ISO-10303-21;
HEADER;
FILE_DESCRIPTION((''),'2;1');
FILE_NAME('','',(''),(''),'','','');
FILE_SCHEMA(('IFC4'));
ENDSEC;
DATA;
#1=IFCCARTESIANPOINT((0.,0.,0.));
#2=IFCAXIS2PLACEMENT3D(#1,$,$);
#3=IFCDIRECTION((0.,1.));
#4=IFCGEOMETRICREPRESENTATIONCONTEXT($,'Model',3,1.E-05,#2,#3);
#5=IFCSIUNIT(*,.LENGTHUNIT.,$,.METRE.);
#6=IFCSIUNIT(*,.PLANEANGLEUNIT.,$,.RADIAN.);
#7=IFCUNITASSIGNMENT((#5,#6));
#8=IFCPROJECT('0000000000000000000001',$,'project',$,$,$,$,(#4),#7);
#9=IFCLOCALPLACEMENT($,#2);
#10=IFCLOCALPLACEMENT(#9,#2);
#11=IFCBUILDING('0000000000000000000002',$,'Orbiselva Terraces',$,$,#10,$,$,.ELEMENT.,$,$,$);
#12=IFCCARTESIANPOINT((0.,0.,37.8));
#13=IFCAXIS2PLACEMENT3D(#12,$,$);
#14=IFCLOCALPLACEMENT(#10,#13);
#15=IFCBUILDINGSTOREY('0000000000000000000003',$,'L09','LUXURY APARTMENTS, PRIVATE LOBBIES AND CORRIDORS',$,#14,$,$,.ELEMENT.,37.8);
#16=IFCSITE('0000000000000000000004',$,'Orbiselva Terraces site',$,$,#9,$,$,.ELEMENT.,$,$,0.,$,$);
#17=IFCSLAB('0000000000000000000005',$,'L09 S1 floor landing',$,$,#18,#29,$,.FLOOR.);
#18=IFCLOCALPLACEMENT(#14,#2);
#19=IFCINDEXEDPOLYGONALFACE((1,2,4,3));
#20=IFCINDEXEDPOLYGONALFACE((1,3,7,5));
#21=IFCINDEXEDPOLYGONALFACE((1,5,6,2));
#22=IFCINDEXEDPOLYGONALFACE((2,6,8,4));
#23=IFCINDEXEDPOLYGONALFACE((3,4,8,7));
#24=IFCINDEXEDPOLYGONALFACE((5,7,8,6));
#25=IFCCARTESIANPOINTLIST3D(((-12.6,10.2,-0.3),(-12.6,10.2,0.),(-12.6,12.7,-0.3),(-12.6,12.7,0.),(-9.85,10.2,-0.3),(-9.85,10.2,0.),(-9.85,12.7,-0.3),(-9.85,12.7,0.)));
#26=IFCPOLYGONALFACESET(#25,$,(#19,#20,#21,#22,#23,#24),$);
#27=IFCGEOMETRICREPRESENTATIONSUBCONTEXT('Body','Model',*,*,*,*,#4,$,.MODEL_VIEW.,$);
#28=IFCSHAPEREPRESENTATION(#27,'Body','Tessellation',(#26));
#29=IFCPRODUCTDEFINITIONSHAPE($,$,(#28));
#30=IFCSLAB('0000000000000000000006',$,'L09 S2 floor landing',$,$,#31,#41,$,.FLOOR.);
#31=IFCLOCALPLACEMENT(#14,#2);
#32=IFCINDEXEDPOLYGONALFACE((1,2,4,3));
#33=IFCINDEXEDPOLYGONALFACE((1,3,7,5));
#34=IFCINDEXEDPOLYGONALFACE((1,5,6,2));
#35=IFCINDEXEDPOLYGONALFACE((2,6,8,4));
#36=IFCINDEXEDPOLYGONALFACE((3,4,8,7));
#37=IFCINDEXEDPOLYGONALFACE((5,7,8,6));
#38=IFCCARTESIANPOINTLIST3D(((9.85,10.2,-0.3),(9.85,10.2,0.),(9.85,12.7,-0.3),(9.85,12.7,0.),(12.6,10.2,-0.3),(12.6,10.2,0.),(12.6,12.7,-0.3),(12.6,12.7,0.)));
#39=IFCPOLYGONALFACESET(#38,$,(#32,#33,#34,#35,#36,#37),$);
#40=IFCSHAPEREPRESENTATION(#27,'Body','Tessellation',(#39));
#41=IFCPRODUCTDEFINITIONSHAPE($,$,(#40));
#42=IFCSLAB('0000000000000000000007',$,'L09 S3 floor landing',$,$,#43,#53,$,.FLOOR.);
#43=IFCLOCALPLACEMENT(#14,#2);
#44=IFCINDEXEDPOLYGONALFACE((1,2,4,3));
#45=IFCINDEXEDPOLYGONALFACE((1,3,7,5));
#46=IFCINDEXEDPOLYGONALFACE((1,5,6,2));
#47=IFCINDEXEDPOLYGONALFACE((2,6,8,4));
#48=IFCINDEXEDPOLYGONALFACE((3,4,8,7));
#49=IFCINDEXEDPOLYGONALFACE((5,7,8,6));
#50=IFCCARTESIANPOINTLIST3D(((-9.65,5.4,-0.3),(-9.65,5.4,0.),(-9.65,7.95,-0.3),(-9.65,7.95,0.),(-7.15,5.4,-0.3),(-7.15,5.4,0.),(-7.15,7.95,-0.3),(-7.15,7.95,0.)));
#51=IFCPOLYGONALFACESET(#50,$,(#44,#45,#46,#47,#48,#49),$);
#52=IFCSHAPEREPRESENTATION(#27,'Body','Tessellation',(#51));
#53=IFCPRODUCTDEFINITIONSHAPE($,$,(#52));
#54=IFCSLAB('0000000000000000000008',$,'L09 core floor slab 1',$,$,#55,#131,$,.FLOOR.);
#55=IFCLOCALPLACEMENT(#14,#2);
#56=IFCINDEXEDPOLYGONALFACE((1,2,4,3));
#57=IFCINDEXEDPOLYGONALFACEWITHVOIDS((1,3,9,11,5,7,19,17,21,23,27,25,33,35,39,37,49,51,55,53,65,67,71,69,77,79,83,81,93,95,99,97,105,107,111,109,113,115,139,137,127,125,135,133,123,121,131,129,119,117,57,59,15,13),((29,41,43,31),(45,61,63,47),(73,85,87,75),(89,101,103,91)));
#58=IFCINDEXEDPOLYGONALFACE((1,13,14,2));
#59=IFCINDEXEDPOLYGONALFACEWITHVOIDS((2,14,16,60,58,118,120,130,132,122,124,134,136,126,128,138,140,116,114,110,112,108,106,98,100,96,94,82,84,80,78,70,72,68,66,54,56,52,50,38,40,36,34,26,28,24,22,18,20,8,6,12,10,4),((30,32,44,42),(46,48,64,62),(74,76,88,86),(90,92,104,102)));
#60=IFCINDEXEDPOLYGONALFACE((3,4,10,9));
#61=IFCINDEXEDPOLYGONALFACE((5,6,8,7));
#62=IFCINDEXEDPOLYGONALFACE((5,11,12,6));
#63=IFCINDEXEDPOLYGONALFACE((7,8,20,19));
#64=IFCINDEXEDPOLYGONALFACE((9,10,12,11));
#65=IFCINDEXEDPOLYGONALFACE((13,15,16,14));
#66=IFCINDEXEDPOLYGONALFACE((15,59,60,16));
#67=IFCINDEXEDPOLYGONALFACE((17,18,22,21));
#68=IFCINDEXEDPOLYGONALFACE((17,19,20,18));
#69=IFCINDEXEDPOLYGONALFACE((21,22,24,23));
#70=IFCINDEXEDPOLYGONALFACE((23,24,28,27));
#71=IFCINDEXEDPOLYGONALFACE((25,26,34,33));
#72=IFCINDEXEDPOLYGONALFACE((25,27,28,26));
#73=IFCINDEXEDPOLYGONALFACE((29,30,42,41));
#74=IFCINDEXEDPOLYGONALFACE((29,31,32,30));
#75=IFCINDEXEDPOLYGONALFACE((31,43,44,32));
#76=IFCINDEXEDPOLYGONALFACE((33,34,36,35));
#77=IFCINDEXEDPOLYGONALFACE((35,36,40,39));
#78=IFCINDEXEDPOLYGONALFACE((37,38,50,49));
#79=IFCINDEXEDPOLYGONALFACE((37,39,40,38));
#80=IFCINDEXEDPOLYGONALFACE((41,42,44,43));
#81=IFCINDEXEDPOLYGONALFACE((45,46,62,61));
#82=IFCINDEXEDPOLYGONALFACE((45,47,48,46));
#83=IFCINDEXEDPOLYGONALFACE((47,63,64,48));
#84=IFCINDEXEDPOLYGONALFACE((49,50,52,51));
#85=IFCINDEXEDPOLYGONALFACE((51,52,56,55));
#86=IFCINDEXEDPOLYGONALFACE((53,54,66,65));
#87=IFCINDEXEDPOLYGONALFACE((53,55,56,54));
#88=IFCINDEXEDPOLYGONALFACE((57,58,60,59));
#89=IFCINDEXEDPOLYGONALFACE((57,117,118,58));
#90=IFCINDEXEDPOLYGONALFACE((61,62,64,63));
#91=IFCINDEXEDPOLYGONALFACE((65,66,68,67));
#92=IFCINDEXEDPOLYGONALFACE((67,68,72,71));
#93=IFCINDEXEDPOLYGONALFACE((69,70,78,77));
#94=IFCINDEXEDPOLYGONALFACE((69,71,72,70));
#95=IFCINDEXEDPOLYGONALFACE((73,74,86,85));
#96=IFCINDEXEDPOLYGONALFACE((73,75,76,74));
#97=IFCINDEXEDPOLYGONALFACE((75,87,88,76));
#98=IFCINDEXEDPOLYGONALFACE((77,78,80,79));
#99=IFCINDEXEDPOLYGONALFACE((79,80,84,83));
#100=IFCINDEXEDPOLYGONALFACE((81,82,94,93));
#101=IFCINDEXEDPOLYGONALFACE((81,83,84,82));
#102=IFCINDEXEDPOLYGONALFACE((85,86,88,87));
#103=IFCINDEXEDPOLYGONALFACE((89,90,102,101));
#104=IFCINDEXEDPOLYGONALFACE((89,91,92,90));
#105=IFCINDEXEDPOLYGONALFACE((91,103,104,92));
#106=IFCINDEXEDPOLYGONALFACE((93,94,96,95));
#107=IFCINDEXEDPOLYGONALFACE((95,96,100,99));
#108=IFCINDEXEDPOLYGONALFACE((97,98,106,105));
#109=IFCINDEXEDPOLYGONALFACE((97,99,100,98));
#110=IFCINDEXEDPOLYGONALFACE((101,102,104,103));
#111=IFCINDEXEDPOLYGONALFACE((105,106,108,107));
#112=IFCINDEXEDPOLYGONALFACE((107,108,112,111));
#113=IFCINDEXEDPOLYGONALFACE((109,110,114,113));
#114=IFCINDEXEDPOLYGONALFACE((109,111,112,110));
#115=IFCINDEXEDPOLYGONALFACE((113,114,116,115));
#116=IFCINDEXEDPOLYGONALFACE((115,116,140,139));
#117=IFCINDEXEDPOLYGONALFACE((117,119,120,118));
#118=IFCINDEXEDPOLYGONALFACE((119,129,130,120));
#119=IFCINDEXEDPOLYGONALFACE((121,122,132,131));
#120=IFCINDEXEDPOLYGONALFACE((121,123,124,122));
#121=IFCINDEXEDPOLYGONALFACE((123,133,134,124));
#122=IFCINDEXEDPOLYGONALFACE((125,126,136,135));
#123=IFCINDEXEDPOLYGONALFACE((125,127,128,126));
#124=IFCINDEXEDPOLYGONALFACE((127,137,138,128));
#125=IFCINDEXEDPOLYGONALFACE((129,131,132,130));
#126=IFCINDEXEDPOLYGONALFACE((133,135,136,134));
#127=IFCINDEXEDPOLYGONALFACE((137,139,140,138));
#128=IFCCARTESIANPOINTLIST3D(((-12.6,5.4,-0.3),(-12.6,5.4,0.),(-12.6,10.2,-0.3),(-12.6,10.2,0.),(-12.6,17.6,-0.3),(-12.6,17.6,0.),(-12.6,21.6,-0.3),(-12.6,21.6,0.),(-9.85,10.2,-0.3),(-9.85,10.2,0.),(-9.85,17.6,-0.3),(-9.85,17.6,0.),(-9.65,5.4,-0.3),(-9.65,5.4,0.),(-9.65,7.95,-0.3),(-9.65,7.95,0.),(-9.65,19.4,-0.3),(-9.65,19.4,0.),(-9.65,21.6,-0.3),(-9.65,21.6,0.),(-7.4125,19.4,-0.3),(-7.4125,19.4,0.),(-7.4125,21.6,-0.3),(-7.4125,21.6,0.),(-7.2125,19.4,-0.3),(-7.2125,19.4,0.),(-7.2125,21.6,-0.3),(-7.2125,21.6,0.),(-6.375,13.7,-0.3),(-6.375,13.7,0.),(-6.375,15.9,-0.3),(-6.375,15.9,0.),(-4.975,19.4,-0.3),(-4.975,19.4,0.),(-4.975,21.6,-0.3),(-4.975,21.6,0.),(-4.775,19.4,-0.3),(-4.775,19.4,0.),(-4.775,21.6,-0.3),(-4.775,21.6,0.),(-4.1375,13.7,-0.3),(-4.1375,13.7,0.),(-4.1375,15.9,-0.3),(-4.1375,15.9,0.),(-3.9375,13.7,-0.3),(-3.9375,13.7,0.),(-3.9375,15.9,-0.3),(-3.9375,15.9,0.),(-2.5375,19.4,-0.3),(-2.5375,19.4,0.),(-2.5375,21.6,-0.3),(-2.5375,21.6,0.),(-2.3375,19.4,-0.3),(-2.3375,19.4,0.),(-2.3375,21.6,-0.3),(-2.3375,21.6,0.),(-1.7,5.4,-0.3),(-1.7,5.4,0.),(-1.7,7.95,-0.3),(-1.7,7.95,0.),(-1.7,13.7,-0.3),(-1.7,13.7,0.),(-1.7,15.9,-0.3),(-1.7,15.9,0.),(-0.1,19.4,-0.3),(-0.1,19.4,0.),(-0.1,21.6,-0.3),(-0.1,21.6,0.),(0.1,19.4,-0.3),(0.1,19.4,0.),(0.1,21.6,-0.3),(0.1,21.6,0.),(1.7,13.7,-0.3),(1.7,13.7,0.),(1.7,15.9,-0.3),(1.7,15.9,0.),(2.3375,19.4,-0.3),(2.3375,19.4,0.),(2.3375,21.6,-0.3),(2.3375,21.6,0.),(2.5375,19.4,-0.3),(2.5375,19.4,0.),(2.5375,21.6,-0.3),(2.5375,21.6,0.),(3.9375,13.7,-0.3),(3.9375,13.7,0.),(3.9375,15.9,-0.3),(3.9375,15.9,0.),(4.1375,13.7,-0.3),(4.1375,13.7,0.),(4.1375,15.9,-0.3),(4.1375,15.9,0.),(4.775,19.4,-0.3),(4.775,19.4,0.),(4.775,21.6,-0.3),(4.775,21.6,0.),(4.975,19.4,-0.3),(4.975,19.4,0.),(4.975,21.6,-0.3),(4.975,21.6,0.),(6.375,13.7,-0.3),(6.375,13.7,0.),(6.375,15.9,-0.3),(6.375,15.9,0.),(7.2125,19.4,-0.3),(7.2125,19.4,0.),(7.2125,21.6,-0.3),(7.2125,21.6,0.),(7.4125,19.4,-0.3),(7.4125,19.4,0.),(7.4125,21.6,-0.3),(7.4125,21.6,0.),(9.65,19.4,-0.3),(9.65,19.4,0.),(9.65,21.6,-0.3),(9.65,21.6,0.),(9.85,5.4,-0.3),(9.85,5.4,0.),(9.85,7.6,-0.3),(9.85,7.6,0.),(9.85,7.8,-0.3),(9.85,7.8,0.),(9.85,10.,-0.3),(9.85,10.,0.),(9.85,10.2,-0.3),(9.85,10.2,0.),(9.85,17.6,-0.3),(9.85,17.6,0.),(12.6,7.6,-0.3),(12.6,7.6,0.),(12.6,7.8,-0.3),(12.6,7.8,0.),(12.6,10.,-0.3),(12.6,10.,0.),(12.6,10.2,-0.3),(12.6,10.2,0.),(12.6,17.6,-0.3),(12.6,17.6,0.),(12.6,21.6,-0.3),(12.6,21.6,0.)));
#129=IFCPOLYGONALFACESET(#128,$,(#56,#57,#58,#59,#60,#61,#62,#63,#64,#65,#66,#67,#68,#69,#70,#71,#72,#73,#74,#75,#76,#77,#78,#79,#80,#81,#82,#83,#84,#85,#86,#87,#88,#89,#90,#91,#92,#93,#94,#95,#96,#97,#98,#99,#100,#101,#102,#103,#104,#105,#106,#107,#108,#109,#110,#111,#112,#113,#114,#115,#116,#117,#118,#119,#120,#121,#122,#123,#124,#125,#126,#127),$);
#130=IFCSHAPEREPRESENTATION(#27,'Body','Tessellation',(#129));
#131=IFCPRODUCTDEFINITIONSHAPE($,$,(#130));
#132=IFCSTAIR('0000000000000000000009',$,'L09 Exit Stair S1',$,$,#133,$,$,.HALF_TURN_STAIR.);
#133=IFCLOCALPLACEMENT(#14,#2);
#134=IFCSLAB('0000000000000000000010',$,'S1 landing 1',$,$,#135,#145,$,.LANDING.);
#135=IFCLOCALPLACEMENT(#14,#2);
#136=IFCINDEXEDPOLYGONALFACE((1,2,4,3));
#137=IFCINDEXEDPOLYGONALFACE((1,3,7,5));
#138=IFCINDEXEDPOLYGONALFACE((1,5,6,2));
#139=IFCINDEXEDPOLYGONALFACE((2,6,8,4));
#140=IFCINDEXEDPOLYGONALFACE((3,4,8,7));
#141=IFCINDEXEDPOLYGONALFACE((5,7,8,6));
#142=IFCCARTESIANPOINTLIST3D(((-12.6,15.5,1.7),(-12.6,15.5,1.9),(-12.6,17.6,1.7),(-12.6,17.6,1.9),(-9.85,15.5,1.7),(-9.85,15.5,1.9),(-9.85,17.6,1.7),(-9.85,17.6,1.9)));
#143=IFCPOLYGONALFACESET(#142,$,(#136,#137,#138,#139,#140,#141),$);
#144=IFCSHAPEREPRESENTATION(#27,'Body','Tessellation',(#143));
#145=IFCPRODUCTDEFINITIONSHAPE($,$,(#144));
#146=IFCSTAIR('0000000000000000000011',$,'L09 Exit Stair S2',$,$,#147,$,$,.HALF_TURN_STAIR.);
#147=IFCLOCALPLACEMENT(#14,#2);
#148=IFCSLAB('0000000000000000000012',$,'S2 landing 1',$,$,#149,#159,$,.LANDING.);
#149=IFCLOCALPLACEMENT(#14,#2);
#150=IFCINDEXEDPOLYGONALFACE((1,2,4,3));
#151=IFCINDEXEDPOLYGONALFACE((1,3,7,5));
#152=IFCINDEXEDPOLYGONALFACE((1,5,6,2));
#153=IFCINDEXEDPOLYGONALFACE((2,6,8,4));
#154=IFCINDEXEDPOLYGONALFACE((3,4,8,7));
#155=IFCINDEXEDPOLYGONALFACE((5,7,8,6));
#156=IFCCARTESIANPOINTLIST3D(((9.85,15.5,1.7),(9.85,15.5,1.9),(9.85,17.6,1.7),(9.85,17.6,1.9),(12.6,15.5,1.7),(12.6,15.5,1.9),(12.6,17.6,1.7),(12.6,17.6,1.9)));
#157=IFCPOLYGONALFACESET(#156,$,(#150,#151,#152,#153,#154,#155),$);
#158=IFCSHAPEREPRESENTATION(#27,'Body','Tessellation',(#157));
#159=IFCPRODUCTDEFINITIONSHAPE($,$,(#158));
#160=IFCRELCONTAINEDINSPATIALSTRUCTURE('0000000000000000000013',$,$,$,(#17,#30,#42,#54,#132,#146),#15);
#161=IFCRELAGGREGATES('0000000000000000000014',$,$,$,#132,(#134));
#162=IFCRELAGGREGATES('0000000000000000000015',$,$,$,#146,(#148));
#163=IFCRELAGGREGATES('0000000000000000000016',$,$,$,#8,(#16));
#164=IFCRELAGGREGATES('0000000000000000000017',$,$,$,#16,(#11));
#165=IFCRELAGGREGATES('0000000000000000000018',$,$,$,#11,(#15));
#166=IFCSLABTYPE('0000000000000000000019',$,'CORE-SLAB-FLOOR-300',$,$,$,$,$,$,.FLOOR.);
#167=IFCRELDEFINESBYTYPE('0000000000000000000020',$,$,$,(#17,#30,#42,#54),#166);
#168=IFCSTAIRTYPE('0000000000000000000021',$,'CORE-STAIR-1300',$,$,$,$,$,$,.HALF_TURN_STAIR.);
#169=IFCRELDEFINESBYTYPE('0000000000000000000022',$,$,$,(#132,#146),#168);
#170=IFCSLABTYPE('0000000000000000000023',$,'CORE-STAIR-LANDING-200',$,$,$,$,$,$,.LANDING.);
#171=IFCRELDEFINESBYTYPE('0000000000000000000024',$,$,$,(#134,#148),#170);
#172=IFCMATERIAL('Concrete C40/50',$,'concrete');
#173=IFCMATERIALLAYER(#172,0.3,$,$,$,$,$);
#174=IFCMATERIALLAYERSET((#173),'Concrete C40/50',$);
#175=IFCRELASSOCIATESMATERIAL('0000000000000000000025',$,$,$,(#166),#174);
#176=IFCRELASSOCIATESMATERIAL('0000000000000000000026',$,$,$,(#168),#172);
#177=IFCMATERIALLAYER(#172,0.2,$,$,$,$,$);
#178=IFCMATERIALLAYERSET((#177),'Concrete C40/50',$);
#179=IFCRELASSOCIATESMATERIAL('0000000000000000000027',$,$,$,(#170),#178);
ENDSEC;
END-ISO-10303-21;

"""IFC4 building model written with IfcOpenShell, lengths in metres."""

from ifc_helpers import new_model, si_unit, direction, frame, origin, place, context, subcontext, project, spatial, polyline, outline, extrude, material, layer, layer_set, type_object, element, aggregate, save


model = new_model("IFC4")

# Units and contexts
model_context = context("Model", 3, precision=1e-05, world=origin(), true_north=direction((0.0, 1.0)))
body_context = subcontext(model_context, "Body", "Model", "MODEL_VIEW")
ifc_project = project(units=[si_unit("LENGTHUNIT", "METRE"), si_unit("PLANEANGLEUNIT", "RADIAN")], contexts=[model_context])

# Site, building, storey
site_placement = place(None, origin())
site = spatial("IfcSite", under=ifc_project, at=site_placement, Name="Orbiselva Terraces site", CompositionType="ELEMENT", RefElevation=0.0)
building_placement = place(site_placement, origin())
building = spatial("IfcBuilding", under=site, at=building_placement, Name="Orbiselva Terraces", CompositionType="ELEMENT")
storey_placement = place(building_placement, frame((0.0, 0.0, 37.8)))
storey = spatial("IfcBuildingStorey", under=building, at=storey_placement, Name="L09", Description="LUXURY APARTMENTS, PRIVATE LOBBIES AND CORRIDORS", CompositionType="ELEMENT", Elevation=37.8)

# Slabs
ifc_material_1 = material(Name="Concrete C40/50", Category="concrete")
ifc_layer_1 = layer(ifc_material_1, 0.3)
ifc_layer_set_1 = layer_set([ifc_layer_1], Name="Concrete C40/50")
slab_type_1 = type_object("IfcSlabType", Name="CORE-SLAB-FLOOR-300", PredefinedType="FLOOR", material=ifc_layer_set_1)
slab_1_placement = place(storey_placement, frame((0.0, 0.0, -0.3)))
element("IfcSlab", 1, at=slab_1_placement, inside=storey, type_object=slab_type_1, Name="L09 S1 floor landing", PredefinedType="FLOOR", context=body_context, shape_type="SweptSolid", body=[
    extrude(outline(polyline([(-12.6, 12.7), (-9.85, 12.7), (-9.85, 10.2), (-12.6, 10.2), (-12.6, 12.7)])), origin(), (0.0, 0.0, 1.0), 0.3),
])
slab_2_placement = place(storey_placement, frame((0.0, 0.0, -0.3)))
element("IfcSlab", 2, at=slab_2_placement, inside=storey, type_object=slab_type_1, Name="L09 S2 floor landing", PredefinedType="FLOOR", context=body_context, shape_type="SweptSolid", body=[
    extrude(outline(polyline([(12.6, 12.7), (12.6, 10.2), (9.85, 10.2), (9.85, 12.7), (12.6, 12.7)])), origin(), (0.0, 0.0, 1.0), 0.3),
])
slab_3_placement = place(storey_placement, frame((0.0, 0.0, -0.3)))
element("IfcSlab", 3, at=slab_3_placement, inside=storey, type_object=slab_type_1, Name="L09 S3 floor landing", PredefinedType="FLOOR", context=body_context, shape_type="SweptSolid", body=[
    extrude(outline(polyline([(-7.15, 5.4), (-9.65, 5.4), (-9.65, 7.95), (-7.15, 7.95), (-7.15, 5.4)])), origin(), (0.0, 0.0, 1.0), 0.3),
])
slab_4_placement = place(storey_placement, frame((0.0, 0.0, -0.3)))
element("IfcSlab", 4, at=slab_4_placement, inside=storey, type_object=slab_type_1, Name="L09 core floor slab 1", PredefinedType="FLOOR", context=body_context, shape_type="SweptSolid", body=[
    extrude(outline(polyline([(-1.7, 5.4), (-1.7, 7.95), (-9.65, 7.95), (-9.65, 5.4), (-12.6, 5.4), (-12.6, 10.2), (-9.85, 10.2), (-9.85, 17.6), (-12.6, 17.6), (-12.6, 21.6), (-9.65, 21.6), (-9.65, 19.4), (-7.4125, 19.4), (-7.4125, 21.6), (-7.2125, 21.6), (-7.2125, 19.4), (-4.975, 19.4), (-4.975, 21.6), (-4.775, 21.6), (-4.775, 19.4), (-2.5375, 19.4), (-2.5375, 21.6), (-2.3375, 21.6), (-2.3375, 19.4), (-0.1, 19.4), (-0.1, 21.6), (0.1, 21.6), (0.1, 19.4), (2.3375, 19.4), (2.3375, 21.6), (2.5375, 21.6), (2.5375, 19.4), (4.775, 19.4), (4.775, 21.6), (4.975, 21.6), (4.975, 19.4), (7.2125, 19.4), (7.2125, 21.6), (7.4125, 21.6), (7.4125, 19.4), (9.65, 19.4), (9.65, 21.6), (12.6, 21.6), (12.6, 17.6), (9.85, 17.6), (9.85, 10.2), (12.6, 10.2), (12.6, 10.0), (9.85, 10.0), (9.85, 7.8), (12.6, 7.8), (12.6, 7.6), (9.85, 7.6), (9.85, 5.4), (-1.7, 5.4)]), holes=[polyline([(-4.1375, 13.7), (-4.1375, 15.9), (-6.375, 15.9), (-6.375, 13.7), (-4.1375, 13.7)]), polyline([(-1.7, 13.7), (-1.7, 15.9), (-3.9375, 15.9), (-3.9375, 13.7), (-1.7, 13.7)]), polyline([(3.9375, 13.7), (3.9375, 15.9), (1.7, 15.9), (1.7, 13.7), (3.9375, 13.7)]), polyline([(6.375, 13.7), (6.375, 15.9), (4.1375, 15.9), (4.1375, 13.7), (6.375, 13.7)])]), origin(), (0.0, 0.0, 1.0), 0.3),
])

# Stairs, slabs
stair_type = type_object("IfcStairType", Name="CORE-STAIR-1300", PredefinedType="HALF_TURN_STAIR", material=ifc_material_1)
stair_1_placement = place(storey_placement, origin())
stair_1 = element("IfcStair", 5, at=stair_1_placement, inside=storey, type_object=stair_type, Name="L09 Exit Stair S1", PredefinedType="HALF_TURN_STAIR")
ifc_layer_2 = layer(ifc_material_1, 0.2)
ifc_layer_set_2 = layer_set([ifc_layer_2], Name="Concrete C40/50")
slab_type_2 = type_object("IfcSlabType", Name="CORE-STAIR-LANDING-200", PredefinedType="LANDING", material=ifc_layer_set_2)
slab_5_placement = place(storey_placement, frame((0.0, 0.0, 1.7)))
slab_5 = element("IfcSlab", 6, at=slab_5_placement, type_object=slab_type_2, Name="S1 landing 1", PredefinedType="LANDING", context=body_context, shape_type="SweptSolid", body=[
    extrude(outline(polyline([(-9.85, 15.5), (-9.85, 17.6), (-12.6, 17.6), (-12.6, 15.5), (-9.85, 15.5)])), origin(), (0.0, 0.0, 1.0), 0.2),
])
aggregate(stair_1, [slab_5])
stair_2_placement = place(storey_placement, origin())
stair_2 = element("IfcStair", 7, at=stair_2_placement, inside=storey, type_object=stair_type, Name="L09 Exit Stair S2", PredefinedType="HALF_TURN_STAIR")
slab_6_placement = place(storey_placement, frame((0.0, 0.0, 1.7)))
slab_6 = element("IfcSlab", 8, at=slab_6_placement, type_object=slab_type_2, Name="S2 landing 1", PredefinedType="LANDING", context=body_context, shape_type="SweptSolid", body=[
    extrude(outline(polyline([(12.6, 15.5), (12.6, 17.6), (9.85, 17.6), (9.85, 15.5), (12.6, 15.5)])), origin(), (0.0, 0.0, 1.0), 0.2),
])
aggregate(stair_2, [slab_6])

save(model, "model.ifc")
